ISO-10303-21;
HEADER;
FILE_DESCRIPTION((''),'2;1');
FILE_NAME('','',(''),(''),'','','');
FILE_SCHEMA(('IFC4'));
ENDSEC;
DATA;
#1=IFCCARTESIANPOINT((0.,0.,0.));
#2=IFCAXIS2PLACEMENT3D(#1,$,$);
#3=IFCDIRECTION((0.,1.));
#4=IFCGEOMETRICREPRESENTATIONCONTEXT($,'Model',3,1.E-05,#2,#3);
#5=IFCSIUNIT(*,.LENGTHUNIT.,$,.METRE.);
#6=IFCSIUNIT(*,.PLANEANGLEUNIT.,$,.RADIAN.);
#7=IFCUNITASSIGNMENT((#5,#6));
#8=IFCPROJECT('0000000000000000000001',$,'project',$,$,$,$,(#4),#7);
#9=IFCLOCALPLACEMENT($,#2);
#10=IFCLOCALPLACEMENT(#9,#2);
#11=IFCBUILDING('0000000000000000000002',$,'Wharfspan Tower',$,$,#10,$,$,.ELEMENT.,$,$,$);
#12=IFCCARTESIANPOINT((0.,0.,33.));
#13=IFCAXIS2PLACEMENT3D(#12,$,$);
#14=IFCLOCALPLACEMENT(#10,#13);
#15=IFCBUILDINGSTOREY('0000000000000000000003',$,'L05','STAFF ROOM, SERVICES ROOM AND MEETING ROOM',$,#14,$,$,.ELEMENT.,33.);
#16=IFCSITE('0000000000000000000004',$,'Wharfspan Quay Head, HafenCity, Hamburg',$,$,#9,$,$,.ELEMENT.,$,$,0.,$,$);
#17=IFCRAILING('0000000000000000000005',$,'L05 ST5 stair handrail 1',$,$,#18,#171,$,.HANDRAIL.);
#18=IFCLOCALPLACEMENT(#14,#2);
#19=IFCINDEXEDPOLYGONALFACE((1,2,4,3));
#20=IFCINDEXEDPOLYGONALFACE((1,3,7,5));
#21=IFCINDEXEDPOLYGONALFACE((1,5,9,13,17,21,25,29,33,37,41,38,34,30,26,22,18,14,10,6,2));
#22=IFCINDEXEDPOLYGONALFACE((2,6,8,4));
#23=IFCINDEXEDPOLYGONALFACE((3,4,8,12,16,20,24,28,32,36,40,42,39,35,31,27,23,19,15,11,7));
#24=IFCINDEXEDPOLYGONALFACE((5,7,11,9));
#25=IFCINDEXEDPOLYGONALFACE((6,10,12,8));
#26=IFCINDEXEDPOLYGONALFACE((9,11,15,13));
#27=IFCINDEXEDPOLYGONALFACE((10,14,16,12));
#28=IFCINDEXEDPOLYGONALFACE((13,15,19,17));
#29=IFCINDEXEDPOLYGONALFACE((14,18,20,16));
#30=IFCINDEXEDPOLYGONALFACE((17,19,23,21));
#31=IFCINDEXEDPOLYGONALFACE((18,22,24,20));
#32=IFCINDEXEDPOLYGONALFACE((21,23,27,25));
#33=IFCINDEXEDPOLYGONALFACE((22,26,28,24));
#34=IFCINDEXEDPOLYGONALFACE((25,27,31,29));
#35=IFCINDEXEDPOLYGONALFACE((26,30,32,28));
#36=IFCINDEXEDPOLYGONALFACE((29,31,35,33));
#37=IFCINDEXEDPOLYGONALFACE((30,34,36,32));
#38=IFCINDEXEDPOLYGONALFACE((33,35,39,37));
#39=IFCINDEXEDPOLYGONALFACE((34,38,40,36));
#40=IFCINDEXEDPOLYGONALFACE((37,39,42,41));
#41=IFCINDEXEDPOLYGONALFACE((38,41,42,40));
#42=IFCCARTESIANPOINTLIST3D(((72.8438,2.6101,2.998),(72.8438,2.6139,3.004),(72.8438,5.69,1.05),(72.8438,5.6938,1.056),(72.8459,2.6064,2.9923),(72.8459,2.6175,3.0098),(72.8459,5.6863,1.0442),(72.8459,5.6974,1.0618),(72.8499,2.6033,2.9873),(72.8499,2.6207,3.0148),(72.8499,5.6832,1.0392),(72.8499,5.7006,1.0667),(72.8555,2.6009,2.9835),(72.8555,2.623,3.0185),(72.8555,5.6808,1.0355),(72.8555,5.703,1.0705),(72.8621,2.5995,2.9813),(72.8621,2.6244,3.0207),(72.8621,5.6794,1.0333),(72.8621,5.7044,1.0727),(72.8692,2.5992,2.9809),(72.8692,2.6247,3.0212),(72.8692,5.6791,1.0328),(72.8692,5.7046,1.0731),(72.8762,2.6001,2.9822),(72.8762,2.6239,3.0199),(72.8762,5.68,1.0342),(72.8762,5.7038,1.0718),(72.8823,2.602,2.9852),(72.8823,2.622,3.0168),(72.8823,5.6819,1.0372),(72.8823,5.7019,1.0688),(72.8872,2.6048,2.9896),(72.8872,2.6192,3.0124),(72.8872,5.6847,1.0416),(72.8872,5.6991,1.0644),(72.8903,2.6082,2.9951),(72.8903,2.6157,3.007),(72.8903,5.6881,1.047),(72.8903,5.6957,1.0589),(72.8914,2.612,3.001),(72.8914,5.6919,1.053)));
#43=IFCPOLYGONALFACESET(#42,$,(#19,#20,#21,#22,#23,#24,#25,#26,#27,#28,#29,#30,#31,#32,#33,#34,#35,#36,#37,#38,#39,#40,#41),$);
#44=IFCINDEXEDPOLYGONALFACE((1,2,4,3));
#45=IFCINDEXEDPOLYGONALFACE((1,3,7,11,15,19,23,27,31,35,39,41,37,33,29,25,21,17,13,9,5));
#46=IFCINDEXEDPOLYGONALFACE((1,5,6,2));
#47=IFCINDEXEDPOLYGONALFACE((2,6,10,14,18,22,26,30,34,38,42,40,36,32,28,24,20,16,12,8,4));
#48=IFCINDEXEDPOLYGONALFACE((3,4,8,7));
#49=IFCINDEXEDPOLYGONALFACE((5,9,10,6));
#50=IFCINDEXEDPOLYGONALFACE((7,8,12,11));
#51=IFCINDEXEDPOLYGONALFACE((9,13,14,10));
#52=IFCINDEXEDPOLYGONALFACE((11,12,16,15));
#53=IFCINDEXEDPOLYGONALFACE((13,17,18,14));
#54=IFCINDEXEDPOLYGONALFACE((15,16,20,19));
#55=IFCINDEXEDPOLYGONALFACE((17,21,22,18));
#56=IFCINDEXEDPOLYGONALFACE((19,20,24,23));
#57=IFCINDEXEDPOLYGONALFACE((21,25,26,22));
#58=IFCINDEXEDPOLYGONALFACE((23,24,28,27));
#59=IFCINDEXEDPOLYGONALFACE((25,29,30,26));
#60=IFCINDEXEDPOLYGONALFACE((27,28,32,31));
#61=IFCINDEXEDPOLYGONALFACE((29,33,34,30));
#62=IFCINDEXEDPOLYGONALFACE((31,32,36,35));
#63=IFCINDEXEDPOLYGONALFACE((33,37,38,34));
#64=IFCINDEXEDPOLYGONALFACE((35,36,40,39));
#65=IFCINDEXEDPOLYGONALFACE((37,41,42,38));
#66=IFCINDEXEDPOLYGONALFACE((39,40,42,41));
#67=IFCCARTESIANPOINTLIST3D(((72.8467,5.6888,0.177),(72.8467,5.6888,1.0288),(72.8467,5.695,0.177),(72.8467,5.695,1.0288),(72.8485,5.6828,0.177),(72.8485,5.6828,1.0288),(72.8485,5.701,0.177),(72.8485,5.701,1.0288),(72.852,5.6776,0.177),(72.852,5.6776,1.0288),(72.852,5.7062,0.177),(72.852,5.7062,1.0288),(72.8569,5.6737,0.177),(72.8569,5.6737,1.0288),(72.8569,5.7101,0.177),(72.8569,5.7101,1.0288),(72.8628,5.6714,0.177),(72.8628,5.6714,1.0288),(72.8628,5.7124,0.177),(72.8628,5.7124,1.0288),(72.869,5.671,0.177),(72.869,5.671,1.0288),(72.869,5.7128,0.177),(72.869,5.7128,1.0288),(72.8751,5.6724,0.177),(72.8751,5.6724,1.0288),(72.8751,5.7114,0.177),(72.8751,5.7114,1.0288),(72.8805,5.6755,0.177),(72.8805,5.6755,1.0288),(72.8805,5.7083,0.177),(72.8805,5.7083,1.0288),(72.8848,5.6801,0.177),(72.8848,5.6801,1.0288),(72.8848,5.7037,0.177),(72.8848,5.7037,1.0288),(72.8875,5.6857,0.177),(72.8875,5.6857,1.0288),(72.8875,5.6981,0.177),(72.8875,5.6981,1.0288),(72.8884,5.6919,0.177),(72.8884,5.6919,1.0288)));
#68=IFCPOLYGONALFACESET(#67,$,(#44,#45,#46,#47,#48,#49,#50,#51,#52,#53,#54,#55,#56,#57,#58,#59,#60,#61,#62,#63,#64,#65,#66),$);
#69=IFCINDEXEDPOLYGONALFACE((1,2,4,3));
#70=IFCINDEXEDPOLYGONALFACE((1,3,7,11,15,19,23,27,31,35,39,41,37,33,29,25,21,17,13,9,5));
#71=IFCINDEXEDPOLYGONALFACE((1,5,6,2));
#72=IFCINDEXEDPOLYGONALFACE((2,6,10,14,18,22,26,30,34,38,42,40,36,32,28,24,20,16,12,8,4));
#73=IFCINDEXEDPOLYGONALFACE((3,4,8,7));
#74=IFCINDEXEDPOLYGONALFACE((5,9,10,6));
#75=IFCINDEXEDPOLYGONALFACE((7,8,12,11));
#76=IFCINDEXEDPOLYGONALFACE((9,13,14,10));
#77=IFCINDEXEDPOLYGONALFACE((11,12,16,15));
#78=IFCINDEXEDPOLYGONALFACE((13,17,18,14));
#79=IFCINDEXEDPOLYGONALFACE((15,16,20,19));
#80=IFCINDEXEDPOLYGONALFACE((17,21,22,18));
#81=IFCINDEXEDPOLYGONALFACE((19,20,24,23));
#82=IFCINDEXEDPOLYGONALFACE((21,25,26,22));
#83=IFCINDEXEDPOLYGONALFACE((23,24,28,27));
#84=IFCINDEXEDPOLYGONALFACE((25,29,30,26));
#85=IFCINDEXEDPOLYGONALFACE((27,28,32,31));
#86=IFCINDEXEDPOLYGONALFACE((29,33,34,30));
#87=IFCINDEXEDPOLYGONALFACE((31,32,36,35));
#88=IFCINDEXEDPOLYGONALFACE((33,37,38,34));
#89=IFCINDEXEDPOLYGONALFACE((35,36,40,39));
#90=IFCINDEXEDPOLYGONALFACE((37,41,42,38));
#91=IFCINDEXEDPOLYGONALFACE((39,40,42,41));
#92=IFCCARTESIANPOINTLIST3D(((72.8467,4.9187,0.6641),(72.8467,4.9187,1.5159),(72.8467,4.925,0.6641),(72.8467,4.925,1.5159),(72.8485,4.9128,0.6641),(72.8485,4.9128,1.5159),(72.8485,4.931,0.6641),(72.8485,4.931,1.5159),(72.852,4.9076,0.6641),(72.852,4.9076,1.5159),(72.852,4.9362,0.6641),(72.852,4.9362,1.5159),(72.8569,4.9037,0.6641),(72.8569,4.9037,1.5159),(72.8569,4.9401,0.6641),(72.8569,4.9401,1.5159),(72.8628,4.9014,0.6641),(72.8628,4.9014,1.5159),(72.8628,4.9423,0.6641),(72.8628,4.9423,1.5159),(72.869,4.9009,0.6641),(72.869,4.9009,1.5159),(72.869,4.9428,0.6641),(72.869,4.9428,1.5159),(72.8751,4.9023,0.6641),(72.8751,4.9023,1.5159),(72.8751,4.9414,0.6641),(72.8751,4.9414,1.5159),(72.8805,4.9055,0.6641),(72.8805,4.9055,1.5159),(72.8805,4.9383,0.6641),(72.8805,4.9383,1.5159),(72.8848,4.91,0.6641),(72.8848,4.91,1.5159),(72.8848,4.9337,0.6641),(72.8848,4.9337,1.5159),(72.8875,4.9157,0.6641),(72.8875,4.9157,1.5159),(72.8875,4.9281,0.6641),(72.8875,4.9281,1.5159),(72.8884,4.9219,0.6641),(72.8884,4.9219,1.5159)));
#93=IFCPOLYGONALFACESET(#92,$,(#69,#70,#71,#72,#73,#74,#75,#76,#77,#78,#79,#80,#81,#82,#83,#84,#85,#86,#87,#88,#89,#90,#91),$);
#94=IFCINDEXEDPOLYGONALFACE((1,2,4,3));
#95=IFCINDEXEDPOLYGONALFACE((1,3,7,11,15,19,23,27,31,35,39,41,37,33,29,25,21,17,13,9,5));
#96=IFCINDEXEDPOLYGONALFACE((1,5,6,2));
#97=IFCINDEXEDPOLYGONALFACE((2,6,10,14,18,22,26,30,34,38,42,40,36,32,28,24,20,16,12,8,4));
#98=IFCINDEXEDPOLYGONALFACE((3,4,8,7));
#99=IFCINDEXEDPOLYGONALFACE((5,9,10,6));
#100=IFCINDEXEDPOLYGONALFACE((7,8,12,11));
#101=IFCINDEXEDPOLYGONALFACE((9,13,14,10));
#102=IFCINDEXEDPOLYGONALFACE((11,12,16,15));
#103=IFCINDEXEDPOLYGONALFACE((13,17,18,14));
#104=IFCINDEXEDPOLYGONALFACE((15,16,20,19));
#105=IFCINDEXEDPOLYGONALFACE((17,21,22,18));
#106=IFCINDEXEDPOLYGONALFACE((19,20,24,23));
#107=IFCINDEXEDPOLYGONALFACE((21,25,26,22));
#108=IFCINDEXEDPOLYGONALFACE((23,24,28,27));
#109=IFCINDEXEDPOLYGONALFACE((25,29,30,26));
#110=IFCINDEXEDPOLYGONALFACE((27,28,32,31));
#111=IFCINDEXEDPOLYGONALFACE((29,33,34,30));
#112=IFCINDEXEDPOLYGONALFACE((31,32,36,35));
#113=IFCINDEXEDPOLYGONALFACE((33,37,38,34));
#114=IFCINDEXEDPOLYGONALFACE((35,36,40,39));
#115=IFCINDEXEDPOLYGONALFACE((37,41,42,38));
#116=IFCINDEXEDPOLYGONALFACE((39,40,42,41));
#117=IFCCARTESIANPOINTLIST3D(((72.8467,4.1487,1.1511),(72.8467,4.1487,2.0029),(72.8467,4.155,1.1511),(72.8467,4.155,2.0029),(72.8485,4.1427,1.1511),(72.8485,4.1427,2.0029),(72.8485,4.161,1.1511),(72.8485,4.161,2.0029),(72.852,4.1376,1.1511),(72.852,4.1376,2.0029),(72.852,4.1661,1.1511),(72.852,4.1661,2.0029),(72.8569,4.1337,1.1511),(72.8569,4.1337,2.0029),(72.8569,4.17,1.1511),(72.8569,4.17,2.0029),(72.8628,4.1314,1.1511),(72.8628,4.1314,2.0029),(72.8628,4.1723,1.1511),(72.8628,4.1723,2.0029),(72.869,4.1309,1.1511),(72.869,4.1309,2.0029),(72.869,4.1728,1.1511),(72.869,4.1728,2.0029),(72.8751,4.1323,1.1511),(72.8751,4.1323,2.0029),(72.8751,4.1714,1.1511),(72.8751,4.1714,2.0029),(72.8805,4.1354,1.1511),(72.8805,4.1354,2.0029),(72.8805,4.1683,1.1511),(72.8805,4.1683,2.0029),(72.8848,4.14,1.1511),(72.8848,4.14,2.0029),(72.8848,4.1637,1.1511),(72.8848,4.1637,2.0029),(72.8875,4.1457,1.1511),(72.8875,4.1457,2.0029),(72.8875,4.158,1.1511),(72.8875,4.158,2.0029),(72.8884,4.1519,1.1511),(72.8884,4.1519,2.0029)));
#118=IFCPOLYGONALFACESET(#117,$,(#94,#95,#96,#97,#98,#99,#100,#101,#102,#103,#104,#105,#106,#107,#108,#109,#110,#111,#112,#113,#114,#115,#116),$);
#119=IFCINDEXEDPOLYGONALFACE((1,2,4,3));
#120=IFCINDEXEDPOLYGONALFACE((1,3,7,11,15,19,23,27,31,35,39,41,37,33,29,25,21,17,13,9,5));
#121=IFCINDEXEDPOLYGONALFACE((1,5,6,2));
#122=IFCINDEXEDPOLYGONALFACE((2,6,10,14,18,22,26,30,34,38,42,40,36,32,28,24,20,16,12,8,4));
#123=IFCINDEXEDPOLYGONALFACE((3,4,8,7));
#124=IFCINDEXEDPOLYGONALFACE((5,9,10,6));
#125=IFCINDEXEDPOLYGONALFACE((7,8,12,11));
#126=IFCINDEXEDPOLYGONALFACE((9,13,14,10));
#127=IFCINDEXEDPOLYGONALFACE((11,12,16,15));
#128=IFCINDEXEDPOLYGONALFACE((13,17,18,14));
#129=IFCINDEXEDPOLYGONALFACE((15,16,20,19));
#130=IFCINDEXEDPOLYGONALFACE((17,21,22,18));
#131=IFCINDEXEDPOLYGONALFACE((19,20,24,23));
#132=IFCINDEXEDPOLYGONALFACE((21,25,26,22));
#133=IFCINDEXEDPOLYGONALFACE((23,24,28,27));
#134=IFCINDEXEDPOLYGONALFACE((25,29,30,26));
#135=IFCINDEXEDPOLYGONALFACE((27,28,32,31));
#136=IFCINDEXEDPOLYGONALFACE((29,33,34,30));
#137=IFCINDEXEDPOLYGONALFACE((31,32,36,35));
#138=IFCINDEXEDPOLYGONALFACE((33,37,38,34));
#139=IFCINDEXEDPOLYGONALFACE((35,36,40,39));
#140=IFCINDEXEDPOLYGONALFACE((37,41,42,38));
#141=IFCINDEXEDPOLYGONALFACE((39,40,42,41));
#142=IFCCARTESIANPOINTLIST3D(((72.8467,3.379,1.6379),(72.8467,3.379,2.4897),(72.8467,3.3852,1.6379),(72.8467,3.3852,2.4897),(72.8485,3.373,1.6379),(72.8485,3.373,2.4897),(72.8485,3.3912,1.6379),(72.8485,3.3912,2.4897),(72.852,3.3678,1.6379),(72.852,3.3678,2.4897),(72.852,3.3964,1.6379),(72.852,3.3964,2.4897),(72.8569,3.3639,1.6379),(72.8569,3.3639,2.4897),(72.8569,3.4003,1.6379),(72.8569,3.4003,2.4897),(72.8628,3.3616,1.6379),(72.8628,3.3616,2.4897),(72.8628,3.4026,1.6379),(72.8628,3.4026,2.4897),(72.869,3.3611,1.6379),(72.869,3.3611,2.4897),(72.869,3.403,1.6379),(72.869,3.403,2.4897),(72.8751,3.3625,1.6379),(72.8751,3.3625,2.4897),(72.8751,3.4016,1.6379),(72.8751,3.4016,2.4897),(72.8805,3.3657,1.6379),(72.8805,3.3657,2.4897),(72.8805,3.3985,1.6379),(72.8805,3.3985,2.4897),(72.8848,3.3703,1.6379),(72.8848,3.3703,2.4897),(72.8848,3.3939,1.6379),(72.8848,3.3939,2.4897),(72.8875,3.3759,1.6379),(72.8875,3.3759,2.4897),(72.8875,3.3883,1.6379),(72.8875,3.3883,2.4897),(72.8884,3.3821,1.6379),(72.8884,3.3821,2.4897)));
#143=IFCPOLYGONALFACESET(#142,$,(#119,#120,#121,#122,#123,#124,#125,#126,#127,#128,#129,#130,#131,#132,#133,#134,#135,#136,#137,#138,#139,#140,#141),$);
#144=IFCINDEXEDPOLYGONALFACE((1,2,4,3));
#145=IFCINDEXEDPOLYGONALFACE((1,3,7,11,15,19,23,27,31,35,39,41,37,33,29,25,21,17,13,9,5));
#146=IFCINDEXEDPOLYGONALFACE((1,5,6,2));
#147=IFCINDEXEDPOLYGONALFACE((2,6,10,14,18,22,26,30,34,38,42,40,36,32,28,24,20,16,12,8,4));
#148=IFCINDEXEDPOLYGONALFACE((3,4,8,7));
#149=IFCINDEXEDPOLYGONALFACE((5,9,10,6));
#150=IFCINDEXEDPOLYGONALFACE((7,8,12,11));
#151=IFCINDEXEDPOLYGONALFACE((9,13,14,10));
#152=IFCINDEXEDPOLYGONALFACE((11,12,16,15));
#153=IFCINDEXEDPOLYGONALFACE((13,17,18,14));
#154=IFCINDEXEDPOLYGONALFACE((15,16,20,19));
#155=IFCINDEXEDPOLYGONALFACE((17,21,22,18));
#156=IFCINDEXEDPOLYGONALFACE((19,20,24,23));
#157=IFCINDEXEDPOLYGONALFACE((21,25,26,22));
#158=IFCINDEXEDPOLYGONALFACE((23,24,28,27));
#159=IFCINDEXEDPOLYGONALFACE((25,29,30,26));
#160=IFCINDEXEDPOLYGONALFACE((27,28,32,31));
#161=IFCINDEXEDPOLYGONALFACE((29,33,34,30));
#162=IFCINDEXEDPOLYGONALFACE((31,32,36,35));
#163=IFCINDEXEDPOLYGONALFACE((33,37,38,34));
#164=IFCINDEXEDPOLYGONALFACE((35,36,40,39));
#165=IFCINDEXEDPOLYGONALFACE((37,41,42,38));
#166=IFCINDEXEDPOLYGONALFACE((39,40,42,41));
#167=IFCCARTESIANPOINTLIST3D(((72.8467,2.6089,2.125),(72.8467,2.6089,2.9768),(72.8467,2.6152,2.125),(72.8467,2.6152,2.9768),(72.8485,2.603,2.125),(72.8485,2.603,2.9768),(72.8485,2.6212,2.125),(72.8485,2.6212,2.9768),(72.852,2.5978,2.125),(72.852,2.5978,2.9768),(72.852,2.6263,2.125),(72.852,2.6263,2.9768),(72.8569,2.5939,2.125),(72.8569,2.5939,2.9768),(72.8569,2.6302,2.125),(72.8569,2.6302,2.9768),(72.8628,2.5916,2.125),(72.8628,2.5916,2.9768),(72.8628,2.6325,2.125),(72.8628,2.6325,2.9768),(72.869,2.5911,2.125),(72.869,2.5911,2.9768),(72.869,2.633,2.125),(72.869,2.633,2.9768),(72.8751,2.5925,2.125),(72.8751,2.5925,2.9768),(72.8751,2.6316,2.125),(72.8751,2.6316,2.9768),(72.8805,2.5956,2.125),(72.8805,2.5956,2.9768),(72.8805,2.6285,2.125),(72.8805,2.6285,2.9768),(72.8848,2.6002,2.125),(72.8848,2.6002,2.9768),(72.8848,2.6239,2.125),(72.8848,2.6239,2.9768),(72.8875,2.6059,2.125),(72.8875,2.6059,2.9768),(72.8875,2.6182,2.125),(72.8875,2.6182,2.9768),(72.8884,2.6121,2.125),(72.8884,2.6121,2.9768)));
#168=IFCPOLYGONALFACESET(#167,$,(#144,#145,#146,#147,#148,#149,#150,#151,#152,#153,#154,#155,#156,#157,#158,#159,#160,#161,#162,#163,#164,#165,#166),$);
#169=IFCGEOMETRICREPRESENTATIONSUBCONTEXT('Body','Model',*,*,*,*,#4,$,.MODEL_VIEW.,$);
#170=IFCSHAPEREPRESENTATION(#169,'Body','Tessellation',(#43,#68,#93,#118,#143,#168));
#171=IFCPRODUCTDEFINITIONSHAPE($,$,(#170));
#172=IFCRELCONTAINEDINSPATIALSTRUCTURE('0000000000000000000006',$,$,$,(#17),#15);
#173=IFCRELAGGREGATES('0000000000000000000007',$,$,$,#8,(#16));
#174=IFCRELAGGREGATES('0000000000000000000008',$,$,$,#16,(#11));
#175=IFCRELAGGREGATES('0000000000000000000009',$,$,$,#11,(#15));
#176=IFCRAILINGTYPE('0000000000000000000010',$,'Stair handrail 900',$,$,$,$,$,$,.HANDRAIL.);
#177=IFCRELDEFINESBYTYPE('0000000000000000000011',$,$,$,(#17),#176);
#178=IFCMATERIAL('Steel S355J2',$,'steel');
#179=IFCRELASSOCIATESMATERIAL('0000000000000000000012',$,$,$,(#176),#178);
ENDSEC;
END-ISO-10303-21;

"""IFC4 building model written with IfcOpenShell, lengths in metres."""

from ifc_helpers import new_model, si_unit, direction, frame, origin, origin_2d, place, context, subcontext, project, spatial, circle, extrude, material, type_object, element, save


model = new_model("IFC4")

# Units and contexts
model_context = context("Model", 3, precision=1e-05, world=origin(), true_north=direction((0.0, 1.0)))
body_context = subcontext(model_context, "Body", "Model", "MODEL_VIEW")
ifc_project = project(units=[si_unit("LENGTHUNIT", "METRE"), si_unit("PLANEANGLEUNIT", "RADIAN")], contexts=[model_context])

# Site, building, storey
site_placement = place(None, origin())
site = spatial("IfcSite", under=ifc_project, at=site_placement, Name="Wharfspan Quay Head, HafenCity, Hamburg", CompositionType="ELEMENT", RefElevation=0.0)
building_placement = place(site_placement, origin())
building = spatial("IfcBuilding", under=site, at=building_placement, Name="Wharfspan Tower", CompositionType="ELEMENT")
storey_placement = place(building_placement, frame((0.0, 0.0, 33.0)))
storey = spatial("IfcBuildingStorey", under=building, at=storey_placement, Name="L05", Description="STAFF ROOM, SERVICES ROOM AND MEETING ROOM", CompositionType="ELEMENT", Elevation=33.0)

# Railing
ifc_material_1 = material(Name="Steel S355J2", Category="steel")
railing_type_1 = type_object("IfcRailingType", Name="Stair handrail 900", PredefinedType="HANDRAIL", material=ifc_material_1)
railing_1_placement = place(storey_placement, frame((72.8674, 5.6919, 0.177)))
element("IfcRailing", 1, at=railing_1_placement, inside=storey, type_object=railing_type_1, Name="L05 ST5 stair handrail 1", PredefinedType="HANDRAIL", context=body_context, shape_type="SweptSolid", body=[
    extrude(circle(Radius=0.0239, at=origin_2d()), frame((0.0, 0.0, 0.876), z_axis=(0.0, -0.845137, 0.53455), x_axis=(1.0, 0.0, 0.0)), (0.0, 0.0, 1.0), 3.6443),
    extrude(circle(Radius=0.021, at=origin_2d()), origin(), (0.0, 0.0, 1.0), 0.8518),
    extrude(circle(Radius=0.021, at=origin_2d()), frame((0.0, -0.77, 0.4871)), (0.0, 0.0, 1.0), 0.8518),
    extrude(circle(Radius=0.021, at=origin_2d()), frame((0.0, -1.54, 0.9741)), (0.0, 0.0, 1.0), 0.8518),
    extrude(circle(Radius=0.021, at=origin_2d()), frame((0.0, -2.3098, 1.4609)), (0.0, 0.0, 1.0), 0.8518),
    extrude(circle(Radius=0.021, at=origin_2d()), frame((0.0, -3.0798, 1.948)), (0.0, 0.0, 1.0), 0.8518),
])

save(model, "model.ifc")
